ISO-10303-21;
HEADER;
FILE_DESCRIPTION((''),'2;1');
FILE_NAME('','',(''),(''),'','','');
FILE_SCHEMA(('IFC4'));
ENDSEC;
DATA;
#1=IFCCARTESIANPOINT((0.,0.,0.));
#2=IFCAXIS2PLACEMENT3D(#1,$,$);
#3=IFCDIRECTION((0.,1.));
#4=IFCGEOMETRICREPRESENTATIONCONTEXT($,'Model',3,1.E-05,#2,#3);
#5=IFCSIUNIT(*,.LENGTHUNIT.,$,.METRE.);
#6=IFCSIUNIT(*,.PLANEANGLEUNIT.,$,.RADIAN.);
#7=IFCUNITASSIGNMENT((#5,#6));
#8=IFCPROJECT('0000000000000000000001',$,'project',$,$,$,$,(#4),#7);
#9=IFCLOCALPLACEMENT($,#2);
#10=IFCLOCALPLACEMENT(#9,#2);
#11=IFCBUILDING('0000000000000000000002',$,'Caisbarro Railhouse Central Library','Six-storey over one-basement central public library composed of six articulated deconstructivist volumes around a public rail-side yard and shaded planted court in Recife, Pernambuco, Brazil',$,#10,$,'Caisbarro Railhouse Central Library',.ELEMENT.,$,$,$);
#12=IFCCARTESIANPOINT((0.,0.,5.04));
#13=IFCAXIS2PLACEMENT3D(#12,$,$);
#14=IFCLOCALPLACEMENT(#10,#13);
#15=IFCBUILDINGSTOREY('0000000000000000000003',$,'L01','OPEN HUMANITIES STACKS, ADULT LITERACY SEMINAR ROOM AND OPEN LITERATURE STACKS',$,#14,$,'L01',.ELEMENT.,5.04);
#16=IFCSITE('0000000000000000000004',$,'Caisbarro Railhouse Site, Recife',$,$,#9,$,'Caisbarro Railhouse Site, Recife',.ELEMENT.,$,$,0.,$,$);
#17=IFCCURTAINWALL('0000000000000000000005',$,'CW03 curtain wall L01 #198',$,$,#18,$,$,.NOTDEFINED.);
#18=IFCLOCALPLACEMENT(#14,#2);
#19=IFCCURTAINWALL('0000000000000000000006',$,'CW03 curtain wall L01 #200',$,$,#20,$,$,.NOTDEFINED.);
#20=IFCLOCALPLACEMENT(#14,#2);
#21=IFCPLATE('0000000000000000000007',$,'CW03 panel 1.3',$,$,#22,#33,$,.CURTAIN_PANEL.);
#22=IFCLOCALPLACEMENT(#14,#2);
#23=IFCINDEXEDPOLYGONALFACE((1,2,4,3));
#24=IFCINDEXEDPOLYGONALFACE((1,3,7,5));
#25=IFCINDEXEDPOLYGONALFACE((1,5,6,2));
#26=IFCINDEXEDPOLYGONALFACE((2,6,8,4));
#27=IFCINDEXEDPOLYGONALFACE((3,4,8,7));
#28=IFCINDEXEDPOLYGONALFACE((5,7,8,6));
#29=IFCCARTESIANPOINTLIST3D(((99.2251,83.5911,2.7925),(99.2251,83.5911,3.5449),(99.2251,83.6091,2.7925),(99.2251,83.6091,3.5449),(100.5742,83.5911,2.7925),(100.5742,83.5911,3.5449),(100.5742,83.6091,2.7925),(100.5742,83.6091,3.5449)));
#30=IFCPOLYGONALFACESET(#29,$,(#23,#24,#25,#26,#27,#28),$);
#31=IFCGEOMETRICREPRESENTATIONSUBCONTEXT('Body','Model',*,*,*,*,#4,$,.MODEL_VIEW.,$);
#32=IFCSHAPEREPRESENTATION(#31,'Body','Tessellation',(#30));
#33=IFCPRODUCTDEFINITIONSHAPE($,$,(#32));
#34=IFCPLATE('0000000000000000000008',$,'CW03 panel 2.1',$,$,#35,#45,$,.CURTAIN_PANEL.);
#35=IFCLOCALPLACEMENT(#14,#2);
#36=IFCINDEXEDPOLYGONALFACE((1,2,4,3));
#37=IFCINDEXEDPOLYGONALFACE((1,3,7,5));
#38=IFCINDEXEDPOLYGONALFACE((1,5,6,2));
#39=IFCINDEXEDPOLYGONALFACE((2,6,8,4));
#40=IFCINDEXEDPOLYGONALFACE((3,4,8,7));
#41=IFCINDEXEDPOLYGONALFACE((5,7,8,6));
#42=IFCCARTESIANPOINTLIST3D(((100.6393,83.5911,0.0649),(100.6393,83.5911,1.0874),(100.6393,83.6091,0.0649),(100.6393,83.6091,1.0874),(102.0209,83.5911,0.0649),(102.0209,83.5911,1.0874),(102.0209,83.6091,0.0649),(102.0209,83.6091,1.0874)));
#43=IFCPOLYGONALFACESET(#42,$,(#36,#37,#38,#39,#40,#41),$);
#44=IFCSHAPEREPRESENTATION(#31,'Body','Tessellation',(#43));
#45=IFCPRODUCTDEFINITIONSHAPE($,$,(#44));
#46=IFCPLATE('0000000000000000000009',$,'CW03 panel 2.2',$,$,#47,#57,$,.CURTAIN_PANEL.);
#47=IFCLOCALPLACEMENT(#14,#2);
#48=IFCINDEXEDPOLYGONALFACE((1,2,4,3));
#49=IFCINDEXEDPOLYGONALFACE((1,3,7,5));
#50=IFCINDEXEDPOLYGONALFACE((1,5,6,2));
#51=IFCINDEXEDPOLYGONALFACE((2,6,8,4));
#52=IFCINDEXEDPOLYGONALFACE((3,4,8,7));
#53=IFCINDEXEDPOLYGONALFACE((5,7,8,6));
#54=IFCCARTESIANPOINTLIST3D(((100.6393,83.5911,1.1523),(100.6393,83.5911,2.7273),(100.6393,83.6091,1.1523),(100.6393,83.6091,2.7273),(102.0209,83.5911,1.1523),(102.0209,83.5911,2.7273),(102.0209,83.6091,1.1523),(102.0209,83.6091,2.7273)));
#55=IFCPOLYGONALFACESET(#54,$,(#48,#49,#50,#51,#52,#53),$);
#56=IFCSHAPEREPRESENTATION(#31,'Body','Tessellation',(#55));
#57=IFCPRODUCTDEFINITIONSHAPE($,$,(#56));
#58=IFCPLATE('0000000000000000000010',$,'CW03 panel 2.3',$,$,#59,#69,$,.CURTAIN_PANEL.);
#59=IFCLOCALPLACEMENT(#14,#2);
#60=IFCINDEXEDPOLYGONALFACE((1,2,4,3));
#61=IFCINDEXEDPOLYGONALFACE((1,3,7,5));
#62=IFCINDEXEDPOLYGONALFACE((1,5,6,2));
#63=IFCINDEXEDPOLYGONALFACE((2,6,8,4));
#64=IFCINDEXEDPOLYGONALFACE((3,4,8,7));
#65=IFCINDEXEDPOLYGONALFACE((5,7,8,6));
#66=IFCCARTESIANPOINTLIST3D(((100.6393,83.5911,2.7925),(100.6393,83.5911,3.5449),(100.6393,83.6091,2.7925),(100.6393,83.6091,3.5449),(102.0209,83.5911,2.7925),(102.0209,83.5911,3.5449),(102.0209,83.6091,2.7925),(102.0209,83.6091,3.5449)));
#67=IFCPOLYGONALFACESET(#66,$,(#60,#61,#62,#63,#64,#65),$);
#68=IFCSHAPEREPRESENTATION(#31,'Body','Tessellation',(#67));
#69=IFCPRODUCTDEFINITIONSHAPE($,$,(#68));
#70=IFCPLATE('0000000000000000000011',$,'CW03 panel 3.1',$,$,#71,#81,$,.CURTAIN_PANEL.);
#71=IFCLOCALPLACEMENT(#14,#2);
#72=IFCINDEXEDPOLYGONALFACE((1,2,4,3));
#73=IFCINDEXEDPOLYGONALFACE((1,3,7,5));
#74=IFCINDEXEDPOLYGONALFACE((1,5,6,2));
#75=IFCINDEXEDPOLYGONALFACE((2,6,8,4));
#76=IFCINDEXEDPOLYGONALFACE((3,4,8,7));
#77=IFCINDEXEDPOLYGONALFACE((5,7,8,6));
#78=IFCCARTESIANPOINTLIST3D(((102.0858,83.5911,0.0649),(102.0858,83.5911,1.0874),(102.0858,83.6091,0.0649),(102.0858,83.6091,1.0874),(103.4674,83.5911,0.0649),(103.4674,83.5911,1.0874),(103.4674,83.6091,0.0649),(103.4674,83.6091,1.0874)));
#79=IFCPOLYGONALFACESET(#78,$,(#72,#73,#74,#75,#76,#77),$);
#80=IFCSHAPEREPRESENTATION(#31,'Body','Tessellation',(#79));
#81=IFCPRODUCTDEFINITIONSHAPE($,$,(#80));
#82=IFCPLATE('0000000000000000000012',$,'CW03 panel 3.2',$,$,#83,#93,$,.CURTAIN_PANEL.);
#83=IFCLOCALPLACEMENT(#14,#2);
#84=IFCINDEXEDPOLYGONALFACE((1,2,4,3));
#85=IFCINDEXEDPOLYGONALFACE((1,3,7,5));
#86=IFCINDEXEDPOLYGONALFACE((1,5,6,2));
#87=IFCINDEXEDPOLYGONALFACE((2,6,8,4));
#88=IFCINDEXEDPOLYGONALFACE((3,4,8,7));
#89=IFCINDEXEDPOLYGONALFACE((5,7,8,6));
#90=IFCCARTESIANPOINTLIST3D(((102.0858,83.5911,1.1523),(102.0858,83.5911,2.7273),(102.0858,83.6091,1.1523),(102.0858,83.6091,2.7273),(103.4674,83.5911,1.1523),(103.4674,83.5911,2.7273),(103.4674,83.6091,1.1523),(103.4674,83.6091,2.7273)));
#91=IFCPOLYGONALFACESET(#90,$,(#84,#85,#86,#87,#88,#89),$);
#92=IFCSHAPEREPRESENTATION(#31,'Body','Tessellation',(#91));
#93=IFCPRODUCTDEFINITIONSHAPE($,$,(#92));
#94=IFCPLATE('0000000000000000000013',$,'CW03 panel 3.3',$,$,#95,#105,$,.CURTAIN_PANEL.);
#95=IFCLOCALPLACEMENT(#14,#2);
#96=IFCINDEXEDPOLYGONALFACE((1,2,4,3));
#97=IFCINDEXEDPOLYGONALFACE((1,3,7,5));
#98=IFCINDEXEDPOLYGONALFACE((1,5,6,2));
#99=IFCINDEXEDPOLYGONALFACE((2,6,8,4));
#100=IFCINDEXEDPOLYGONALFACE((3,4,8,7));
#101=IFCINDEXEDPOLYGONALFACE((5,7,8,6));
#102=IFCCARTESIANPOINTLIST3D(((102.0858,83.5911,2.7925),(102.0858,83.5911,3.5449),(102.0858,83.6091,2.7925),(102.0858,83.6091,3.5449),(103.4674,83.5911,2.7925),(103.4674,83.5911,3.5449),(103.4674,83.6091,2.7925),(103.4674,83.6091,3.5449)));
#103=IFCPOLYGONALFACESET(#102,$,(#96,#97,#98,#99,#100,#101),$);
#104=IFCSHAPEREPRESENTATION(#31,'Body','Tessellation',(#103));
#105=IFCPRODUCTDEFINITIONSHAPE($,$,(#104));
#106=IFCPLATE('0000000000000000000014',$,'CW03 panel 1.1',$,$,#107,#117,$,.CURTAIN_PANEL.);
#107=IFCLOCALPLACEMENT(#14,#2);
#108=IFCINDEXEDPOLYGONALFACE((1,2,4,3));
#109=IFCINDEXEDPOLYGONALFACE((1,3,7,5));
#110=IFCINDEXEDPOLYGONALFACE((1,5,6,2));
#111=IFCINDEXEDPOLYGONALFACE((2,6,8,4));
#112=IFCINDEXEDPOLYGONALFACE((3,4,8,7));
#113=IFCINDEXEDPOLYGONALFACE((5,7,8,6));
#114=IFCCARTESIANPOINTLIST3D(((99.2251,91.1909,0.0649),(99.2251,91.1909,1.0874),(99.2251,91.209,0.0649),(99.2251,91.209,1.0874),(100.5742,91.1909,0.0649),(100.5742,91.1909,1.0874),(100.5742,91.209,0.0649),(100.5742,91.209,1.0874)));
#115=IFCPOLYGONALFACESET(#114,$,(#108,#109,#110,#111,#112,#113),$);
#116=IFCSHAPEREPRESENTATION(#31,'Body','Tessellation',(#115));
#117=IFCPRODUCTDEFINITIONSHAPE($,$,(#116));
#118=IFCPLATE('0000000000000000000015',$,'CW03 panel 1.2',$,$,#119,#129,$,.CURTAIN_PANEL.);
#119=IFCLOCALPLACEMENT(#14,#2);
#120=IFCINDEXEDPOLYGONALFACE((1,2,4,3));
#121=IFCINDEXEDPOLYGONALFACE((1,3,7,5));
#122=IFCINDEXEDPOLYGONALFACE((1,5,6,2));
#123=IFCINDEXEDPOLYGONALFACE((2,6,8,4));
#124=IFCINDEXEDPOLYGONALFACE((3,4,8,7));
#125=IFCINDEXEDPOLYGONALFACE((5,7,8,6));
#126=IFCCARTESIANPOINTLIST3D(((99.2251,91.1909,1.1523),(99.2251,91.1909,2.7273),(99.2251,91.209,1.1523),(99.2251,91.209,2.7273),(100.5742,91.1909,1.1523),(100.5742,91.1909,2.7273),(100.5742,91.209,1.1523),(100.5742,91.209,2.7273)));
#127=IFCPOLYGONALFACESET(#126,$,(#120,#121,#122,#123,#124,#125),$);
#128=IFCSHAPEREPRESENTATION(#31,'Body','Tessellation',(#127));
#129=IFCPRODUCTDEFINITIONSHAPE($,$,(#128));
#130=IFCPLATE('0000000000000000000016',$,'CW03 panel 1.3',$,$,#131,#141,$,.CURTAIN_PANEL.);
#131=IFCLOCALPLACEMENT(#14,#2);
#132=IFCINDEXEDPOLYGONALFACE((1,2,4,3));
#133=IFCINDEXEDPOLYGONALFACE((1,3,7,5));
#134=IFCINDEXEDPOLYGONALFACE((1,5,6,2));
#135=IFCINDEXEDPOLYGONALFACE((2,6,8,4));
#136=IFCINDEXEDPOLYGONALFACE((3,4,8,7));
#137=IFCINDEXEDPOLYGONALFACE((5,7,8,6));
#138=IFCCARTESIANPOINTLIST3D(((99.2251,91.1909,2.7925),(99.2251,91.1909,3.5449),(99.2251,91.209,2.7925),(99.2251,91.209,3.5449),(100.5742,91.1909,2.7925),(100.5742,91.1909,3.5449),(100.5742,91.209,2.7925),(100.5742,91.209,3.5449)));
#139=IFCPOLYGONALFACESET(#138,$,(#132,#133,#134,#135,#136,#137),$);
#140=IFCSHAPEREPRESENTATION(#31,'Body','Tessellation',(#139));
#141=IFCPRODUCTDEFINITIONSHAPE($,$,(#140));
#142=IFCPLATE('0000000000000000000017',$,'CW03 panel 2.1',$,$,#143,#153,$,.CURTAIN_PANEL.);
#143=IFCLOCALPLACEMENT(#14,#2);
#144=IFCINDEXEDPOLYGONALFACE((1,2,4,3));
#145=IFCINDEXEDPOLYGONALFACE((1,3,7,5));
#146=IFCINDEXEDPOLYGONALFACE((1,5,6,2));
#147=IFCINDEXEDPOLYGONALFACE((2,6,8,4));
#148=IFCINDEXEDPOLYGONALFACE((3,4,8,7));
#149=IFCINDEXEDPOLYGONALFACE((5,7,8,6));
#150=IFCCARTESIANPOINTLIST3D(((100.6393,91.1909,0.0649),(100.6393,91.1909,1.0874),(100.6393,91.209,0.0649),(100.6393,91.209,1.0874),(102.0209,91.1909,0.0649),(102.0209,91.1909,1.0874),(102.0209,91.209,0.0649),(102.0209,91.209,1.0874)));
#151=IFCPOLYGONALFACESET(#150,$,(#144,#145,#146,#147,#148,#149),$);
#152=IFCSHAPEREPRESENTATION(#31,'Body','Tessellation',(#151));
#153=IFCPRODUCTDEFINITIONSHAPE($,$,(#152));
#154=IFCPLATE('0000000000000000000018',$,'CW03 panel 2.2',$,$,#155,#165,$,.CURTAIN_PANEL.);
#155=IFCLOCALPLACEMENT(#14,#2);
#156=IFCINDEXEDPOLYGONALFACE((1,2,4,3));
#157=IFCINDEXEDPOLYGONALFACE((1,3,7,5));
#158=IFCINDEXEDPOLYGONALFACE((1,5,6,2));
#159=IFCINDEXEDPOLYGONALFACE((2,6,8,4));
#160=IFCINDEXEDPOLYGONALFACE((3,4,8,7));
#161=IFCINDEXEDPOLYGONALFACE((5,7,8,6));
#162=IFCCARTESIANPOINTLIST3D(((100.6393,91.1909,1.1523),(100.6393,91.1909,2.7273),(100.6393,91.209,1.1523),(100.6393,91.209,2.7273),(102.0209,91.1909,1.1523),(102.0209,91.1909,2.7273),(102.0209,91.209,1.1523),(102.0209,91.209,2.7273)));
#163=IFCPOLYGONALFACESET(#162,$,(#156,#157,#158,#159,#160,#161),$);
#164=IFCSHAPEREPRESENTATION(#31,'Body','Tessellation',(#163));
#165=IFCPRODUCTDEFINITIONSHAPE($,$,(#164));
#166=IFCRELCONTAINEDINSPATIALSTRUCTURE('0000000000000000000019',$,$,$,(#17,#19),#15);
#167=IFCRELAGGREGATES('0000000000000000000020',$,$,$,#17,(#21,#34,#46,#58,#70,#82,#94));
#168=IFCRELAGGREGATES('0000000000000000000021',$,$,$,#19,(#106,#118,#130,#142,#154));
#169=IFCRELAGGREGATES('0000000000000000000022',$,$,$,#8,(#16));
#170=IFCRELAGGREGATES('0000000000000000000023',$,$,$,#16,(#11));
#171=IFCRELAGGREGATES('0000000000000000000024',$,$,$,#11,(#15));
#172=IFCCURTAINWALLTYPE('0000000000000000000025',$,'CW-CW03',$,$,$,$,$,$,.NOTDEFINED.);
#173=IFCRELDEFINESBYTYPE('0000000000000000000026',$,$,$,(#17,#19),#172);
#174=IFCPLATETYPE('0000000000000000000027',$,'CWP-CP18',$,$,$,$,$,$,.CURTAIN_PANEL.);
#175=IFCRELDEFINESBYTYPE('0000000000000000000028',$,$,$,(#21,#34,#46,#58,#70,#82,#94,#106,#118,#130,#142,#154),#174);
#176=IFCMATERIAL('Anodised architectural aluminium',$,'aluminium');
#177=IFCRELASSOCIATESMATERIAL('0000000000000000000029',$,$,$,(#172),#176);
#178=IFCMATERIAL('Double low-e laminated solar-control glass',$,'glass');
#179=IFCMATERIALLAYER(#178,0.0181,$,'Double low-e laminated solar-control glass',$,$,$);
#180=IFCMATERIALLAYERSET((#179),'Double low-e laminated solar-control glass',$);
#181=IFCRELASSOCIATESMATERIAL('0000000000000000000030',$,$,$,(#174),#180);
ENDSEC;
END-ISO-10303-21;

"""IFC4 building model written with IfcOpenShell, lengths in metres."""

from ifc_helpers import new_model, si_unit, direction, frame, origin, origin_2d, place, context, subcontext, project, spatial, rectangle, extrude, material, layer, layer_set, type_object, element, aggregate, save


model = new_model("IFC4")

# Units and contexts
model_context = context("Model", 3, precision=1e-05, world=origin(), true_north=direction((0.0, 1.0)))
body_context = subcontext(model_context, "Body", "Model", "MODEL_VIEW")
ifc_project = project(units=[si_unit("LENGTHUNIT", "METRE"), si_unit("PLANEANGLEUNIT", "RADIAN")], contexts=[model_context])

# Site, building, storey
site_placement = place(None, origin())
site = spatial("IfcSite", under=ifc_project, at=site_placement, Name="Caisbarro Railhouse Site, Recife", LongName="Caisbarro Railhouse Site, Recife", CompositionType="ELEMENT", RefElevation=0.0)
building_placement = place(site_placement, origin())
building = spatial("IfcBuilding", under=site, at=building_placement, Name="Caisbarro Railhouse Central Library", Description="Six-storey over one-basement central public library composed of six articulated deconstructivist volumes around a public rail-side yard and shaded planted court in Recife, Pernambuco, Brazil", LongName="Caisbarro Railhouse Central Library", CompositionType="ELEMENT")
storey_placement = place(building_placement, frame((0.0, 0.0, 5.04)))
storey = spatial("IfcBuildingStorey", under=building, at=storey_placement, Name="L01", Description="OPEN HUMANITIES STACKS, ADULT LITERACY SEMINAR ROOM AND OPEN LITERATURE STACKS", LongName="L01", CompositionType="ELEMENT", Elevation=5.04)

# Curtain wall
ifc_material_1 = material(Name="Anodised architectural aluminium", Category="aluminium")
curtain_wall_type = type_object("IfcCurtainWallType", Name="CW-CW03", PredefinedType="NOTDEFINED", material=ifc_material_1)
curtain_wall_1_placement = place(storey_placement, origin())
curtain_wall_1 = element("IfcCurtainWall", 1, at=curtain_wall_1_placement, inside=storey, type_object=curtain_wall_type, Name="CW03 curtain wall L01 #198", PredefinedType="NOTDEFINED")

# Curtain wall
curtain_wall_2_placement = place(storey_placement, origin())
curtain_wall_2 = element("IfcCurtainWall", 2, at=curtain_wall_2_placement, inside=storey, type_object=curtain_wall_type, Name="CW03 curtain wall L01 #200", PredefinedType="NOTDEFINED")

# Plates
ifc_material_2 = material(Name="Double low-e laminated solar-control glass", Category="glass")
ifc_layer = layer(ifc_material_2, 0.0181, Name="Double low-e laminated solar-control glass")
ifc_layer_set = layer_set([ifc_layer], Name="Double low-e laminated solar-control glass")
plate_type = type_object("IfcPlateType", Name="CWP-CP18", PredefinedType="CURTAIN_PANEL", material=ifc_layer_set)
plate_1_placement = place(storey_placement, frame((99.8997, 83.6001, 2.7925), z_axis=(0.0, 0.0, 1.0), x_axis=(1.0, 0.0, 0.0)))
plate_1 = element("IfcPlate", 3, at=plate_1_placement, type_object=plate_type, Name="CW03 panel 1.3", PredefinedType="CURTAIN_PANEL", context=body_context, shape_type="SweptSolid", body=[
    extrude(rectangle(XDim=1.3491, YDim=0.0181, at=origin_2d()), origin(), (0.0, 0.0, 1.0), 0.7524),
])
plate_2_placement = place(storey_placement, frame((101.3301, 83.6001, 0.0649), z_axis=(0.0, 0.0, 1.0), x_axis=(1.0, 0.0, 0.0)))
plate_2 = element("IfcPlate", 4, at=plate_2_placement, type_object=plate_type, Name="CW03 panel 2.1", PredefinedType="CURTAIN_PANEL", context=body_context, shape_type="SweptSolid", body=[
    extrude(rectangle(XDim=1.3816, YDim=0.0181, at=origin_2d()), origin(), (0.0, 0.0, 1.0), 1.0225),
])
plate_3_placement = place(storey_placement, frame((101.3301, 83.6001, 1.1523), z_axis=(0.0, 0.0, 1.0), x_axis=(1.0, 0.0, 0.0)))
plate_3 = element("IfcPlate", 5, at=plate_3_placement, type_object=plate_type, Name="CW03 panel 2.2", PredefinedType="CURTAIN_PANEL", context=body_context, shape_type="SweptSolid", body=[
    extrude(rectangle(XDim=1.3816, YDim=0.0181, at=origin_2d()), origin(), (0.0, 0.0, 1.0), 1.575),
])
plate_4_placement = place(storey_placement, frame((101.3301, 83.6001, 2.7925), z_axis=(0.0, 0.0, 1.0), x_axis=(1.0, 0.0, 0.0)))
plate_4 = element("IfcPlate", 6, at=plate_4_placement, type_object=plate_type, Name="CW03 panel 2.3", PredefinedType="CURTAIN_PANEL", context=body_context, shape_type="SweptSolid", body=[
    extrude(rectangle(XDim=1.3816, YDim=0.0181, at=origin_2d()), origin(), (0.0, 0.0, 1.0), 0.7524),
])
plate_5_placement = place(storey_placement, frame((102.7766, 83.6001, 0.0649), z_axis=(0.0, 0.0, 1.0), x_axis=(1.0, 0.0, 0.0)))
plate_5 = element("IfcPlate", 7, at=plate_5_placement, type_object=plate_type, Name="CW03 panel 3.1", PredefinedType="CURTAIN_PANEL", context=body_context, shape_type="SweptSolid", body=[
    extrude(rectangle(XDim=1.3816, YDim=0.0181, at=origin_2d()), origin(), (0.0, 0.0, 1.0), 1.0225),
])
plate_6_placement = place(storey_placement, frame((102.7766, 83.6001, 1.1523), z_axis=(0.0, 0.0, 1.0), x_axis=(1.0, 0.0, 0.0)))
plate_6 = element("IfcPlate", 8, at=plate_6_placement, type_object=plate_type, Name="CW03 panel 3.2", PredefinedType="CURTAIN_PANEL", context=body_context, shape_type="SweptSolid", body=[
    extrude(rectangle(XDim=1.3816, YDim=0.0181, at=origin_2d()), origin(), (0.0, 0.0, 1.0), 1.575),
])
plate_7_placement = place(storey_placement, frame((102.7766, 83.6001, 2.7925), z_axis=(0.0, 0.0, 1.0), x_axis=(1.0, 0.0, 0.0)))
plate_7 = element("IfcPlate", 9, at=plate_7_placement, type_object=plate_type, Name="CW03 panel 3.3", PredefinedType="CURTAIN_PANEL", context=body_context, shape_type="SweptSolid", body=[
    extrude(rectangle(XDim=1.3816, YDim=0.0181, at=origin_2d()), origin(), (0.0, 0.0, 1.0), 0.7524),
])
aggregate(curtain_wall_1, [plate_1, plate_2, plate_3, plate_4, plate_5, plate_6, plate_7])
plate_8_placement = place(storey_placement, frame((99.8997, 91.2, 0.0649), z_axis=(0.0, 0.0, 1.0), x_axis=(1.0, 0.0, 0.0)))
plate_8 = element("IfcPlate", 10, at=plate_8_placement, type_object=plate_type, Name="CW03 panel 1.1", PredefinedType="CURTAIN_PANEL", context=body_context, shape_type="SweptSolid", body=[
    extrude(rectangle(XDim=1.3491, YDim=0.0181, at=origin_2d()), origin(), (0.0, 0.0, 1.0), 1.0225),
])
plate_9_placement = place(storey_placement, frame((99.8997, 91.2, 1.1523), z_axis=(0.0, 0.0, 1.0), x_axis=(1.0, 0.0, 0.0)))
plate_9 = element("IfcPlate", 11, at=plate_9_placement, type_object=plate_type, Name="CW03 panel 1.2", PredefinedType="CURTAIN_PANEL", context=body_context, shape_type="SweptSolid", body=[
    extrude(rectangle(XDim=1.3491, YDim=0.0181, at=origin_2d()), origin(), (0.0, 0.0, 1.0), 1.575),
])
plate_10_placement = place(storey_placement, frame((99.8997, 91.2, 2.7925), z_axis=(0.0, 0.0, 1.0), x_axis=(1.0, 0.0, 0.0)))
plate_10 = element("IfcPlate", 12, at=plate_10_placement, type_object=plate_type, Name="CW03 panel 1.3", PredefinedType="CURTAIN_PANEL", context=body_context, shape_type="SweptSolid", body=[
    extrude(rectangle(XDim=1.3491, YDim=0.0181, at=origin_2d()), origin(), (0.0, 0.0, 1.0), 0.7524),
])
plate_11_placement = place(storey_placement, frame((101.3301, 91.2, 0.0649), z_axis=(0.0, 0.0, 1.0), x_axis=(1.0, 0.0, 0.0)))
plate_11 = element("IfcPlate", 13, at=plate_11_placement, type_object=plate_type, Name="CW03 panel 2.1", PredefinedType="CURTAIN_PANEL", context=body_context, shape_type="SweptSolid", body=[
    extrude(rectangle(XDim=1.3816, YDim=0.0181, at=origin_2d()), origin(), (0.0, 0.0, 1.0), 1.0225),
])
plate_12_placement = place(storey_placement, frame((101.3301, 91.2, 1.1523), z_axis=(0.0, 0.0, 1.0), x_axis=(1.0, 0.0, 0.0)))
plate_12 = element("IfcPlate", 14, at=plate_12_placement, type_object=plate_type, Name="CW03 panel 2.2", PredefinedType="CURTAIN_PANEL", context=body_context, shape_type="SweptSolid", body=[
    extrude(rectangle(XDim=1.3816, YDim=0.0181, at=origin_2d()), origin(), (0.0, 0.0, 1.0), 1.575),
])
aggregate(curtain_wall_2, [plate_8, plate_9, plate_10, plate_11, plate_12])

save(model, "model.ifc")
